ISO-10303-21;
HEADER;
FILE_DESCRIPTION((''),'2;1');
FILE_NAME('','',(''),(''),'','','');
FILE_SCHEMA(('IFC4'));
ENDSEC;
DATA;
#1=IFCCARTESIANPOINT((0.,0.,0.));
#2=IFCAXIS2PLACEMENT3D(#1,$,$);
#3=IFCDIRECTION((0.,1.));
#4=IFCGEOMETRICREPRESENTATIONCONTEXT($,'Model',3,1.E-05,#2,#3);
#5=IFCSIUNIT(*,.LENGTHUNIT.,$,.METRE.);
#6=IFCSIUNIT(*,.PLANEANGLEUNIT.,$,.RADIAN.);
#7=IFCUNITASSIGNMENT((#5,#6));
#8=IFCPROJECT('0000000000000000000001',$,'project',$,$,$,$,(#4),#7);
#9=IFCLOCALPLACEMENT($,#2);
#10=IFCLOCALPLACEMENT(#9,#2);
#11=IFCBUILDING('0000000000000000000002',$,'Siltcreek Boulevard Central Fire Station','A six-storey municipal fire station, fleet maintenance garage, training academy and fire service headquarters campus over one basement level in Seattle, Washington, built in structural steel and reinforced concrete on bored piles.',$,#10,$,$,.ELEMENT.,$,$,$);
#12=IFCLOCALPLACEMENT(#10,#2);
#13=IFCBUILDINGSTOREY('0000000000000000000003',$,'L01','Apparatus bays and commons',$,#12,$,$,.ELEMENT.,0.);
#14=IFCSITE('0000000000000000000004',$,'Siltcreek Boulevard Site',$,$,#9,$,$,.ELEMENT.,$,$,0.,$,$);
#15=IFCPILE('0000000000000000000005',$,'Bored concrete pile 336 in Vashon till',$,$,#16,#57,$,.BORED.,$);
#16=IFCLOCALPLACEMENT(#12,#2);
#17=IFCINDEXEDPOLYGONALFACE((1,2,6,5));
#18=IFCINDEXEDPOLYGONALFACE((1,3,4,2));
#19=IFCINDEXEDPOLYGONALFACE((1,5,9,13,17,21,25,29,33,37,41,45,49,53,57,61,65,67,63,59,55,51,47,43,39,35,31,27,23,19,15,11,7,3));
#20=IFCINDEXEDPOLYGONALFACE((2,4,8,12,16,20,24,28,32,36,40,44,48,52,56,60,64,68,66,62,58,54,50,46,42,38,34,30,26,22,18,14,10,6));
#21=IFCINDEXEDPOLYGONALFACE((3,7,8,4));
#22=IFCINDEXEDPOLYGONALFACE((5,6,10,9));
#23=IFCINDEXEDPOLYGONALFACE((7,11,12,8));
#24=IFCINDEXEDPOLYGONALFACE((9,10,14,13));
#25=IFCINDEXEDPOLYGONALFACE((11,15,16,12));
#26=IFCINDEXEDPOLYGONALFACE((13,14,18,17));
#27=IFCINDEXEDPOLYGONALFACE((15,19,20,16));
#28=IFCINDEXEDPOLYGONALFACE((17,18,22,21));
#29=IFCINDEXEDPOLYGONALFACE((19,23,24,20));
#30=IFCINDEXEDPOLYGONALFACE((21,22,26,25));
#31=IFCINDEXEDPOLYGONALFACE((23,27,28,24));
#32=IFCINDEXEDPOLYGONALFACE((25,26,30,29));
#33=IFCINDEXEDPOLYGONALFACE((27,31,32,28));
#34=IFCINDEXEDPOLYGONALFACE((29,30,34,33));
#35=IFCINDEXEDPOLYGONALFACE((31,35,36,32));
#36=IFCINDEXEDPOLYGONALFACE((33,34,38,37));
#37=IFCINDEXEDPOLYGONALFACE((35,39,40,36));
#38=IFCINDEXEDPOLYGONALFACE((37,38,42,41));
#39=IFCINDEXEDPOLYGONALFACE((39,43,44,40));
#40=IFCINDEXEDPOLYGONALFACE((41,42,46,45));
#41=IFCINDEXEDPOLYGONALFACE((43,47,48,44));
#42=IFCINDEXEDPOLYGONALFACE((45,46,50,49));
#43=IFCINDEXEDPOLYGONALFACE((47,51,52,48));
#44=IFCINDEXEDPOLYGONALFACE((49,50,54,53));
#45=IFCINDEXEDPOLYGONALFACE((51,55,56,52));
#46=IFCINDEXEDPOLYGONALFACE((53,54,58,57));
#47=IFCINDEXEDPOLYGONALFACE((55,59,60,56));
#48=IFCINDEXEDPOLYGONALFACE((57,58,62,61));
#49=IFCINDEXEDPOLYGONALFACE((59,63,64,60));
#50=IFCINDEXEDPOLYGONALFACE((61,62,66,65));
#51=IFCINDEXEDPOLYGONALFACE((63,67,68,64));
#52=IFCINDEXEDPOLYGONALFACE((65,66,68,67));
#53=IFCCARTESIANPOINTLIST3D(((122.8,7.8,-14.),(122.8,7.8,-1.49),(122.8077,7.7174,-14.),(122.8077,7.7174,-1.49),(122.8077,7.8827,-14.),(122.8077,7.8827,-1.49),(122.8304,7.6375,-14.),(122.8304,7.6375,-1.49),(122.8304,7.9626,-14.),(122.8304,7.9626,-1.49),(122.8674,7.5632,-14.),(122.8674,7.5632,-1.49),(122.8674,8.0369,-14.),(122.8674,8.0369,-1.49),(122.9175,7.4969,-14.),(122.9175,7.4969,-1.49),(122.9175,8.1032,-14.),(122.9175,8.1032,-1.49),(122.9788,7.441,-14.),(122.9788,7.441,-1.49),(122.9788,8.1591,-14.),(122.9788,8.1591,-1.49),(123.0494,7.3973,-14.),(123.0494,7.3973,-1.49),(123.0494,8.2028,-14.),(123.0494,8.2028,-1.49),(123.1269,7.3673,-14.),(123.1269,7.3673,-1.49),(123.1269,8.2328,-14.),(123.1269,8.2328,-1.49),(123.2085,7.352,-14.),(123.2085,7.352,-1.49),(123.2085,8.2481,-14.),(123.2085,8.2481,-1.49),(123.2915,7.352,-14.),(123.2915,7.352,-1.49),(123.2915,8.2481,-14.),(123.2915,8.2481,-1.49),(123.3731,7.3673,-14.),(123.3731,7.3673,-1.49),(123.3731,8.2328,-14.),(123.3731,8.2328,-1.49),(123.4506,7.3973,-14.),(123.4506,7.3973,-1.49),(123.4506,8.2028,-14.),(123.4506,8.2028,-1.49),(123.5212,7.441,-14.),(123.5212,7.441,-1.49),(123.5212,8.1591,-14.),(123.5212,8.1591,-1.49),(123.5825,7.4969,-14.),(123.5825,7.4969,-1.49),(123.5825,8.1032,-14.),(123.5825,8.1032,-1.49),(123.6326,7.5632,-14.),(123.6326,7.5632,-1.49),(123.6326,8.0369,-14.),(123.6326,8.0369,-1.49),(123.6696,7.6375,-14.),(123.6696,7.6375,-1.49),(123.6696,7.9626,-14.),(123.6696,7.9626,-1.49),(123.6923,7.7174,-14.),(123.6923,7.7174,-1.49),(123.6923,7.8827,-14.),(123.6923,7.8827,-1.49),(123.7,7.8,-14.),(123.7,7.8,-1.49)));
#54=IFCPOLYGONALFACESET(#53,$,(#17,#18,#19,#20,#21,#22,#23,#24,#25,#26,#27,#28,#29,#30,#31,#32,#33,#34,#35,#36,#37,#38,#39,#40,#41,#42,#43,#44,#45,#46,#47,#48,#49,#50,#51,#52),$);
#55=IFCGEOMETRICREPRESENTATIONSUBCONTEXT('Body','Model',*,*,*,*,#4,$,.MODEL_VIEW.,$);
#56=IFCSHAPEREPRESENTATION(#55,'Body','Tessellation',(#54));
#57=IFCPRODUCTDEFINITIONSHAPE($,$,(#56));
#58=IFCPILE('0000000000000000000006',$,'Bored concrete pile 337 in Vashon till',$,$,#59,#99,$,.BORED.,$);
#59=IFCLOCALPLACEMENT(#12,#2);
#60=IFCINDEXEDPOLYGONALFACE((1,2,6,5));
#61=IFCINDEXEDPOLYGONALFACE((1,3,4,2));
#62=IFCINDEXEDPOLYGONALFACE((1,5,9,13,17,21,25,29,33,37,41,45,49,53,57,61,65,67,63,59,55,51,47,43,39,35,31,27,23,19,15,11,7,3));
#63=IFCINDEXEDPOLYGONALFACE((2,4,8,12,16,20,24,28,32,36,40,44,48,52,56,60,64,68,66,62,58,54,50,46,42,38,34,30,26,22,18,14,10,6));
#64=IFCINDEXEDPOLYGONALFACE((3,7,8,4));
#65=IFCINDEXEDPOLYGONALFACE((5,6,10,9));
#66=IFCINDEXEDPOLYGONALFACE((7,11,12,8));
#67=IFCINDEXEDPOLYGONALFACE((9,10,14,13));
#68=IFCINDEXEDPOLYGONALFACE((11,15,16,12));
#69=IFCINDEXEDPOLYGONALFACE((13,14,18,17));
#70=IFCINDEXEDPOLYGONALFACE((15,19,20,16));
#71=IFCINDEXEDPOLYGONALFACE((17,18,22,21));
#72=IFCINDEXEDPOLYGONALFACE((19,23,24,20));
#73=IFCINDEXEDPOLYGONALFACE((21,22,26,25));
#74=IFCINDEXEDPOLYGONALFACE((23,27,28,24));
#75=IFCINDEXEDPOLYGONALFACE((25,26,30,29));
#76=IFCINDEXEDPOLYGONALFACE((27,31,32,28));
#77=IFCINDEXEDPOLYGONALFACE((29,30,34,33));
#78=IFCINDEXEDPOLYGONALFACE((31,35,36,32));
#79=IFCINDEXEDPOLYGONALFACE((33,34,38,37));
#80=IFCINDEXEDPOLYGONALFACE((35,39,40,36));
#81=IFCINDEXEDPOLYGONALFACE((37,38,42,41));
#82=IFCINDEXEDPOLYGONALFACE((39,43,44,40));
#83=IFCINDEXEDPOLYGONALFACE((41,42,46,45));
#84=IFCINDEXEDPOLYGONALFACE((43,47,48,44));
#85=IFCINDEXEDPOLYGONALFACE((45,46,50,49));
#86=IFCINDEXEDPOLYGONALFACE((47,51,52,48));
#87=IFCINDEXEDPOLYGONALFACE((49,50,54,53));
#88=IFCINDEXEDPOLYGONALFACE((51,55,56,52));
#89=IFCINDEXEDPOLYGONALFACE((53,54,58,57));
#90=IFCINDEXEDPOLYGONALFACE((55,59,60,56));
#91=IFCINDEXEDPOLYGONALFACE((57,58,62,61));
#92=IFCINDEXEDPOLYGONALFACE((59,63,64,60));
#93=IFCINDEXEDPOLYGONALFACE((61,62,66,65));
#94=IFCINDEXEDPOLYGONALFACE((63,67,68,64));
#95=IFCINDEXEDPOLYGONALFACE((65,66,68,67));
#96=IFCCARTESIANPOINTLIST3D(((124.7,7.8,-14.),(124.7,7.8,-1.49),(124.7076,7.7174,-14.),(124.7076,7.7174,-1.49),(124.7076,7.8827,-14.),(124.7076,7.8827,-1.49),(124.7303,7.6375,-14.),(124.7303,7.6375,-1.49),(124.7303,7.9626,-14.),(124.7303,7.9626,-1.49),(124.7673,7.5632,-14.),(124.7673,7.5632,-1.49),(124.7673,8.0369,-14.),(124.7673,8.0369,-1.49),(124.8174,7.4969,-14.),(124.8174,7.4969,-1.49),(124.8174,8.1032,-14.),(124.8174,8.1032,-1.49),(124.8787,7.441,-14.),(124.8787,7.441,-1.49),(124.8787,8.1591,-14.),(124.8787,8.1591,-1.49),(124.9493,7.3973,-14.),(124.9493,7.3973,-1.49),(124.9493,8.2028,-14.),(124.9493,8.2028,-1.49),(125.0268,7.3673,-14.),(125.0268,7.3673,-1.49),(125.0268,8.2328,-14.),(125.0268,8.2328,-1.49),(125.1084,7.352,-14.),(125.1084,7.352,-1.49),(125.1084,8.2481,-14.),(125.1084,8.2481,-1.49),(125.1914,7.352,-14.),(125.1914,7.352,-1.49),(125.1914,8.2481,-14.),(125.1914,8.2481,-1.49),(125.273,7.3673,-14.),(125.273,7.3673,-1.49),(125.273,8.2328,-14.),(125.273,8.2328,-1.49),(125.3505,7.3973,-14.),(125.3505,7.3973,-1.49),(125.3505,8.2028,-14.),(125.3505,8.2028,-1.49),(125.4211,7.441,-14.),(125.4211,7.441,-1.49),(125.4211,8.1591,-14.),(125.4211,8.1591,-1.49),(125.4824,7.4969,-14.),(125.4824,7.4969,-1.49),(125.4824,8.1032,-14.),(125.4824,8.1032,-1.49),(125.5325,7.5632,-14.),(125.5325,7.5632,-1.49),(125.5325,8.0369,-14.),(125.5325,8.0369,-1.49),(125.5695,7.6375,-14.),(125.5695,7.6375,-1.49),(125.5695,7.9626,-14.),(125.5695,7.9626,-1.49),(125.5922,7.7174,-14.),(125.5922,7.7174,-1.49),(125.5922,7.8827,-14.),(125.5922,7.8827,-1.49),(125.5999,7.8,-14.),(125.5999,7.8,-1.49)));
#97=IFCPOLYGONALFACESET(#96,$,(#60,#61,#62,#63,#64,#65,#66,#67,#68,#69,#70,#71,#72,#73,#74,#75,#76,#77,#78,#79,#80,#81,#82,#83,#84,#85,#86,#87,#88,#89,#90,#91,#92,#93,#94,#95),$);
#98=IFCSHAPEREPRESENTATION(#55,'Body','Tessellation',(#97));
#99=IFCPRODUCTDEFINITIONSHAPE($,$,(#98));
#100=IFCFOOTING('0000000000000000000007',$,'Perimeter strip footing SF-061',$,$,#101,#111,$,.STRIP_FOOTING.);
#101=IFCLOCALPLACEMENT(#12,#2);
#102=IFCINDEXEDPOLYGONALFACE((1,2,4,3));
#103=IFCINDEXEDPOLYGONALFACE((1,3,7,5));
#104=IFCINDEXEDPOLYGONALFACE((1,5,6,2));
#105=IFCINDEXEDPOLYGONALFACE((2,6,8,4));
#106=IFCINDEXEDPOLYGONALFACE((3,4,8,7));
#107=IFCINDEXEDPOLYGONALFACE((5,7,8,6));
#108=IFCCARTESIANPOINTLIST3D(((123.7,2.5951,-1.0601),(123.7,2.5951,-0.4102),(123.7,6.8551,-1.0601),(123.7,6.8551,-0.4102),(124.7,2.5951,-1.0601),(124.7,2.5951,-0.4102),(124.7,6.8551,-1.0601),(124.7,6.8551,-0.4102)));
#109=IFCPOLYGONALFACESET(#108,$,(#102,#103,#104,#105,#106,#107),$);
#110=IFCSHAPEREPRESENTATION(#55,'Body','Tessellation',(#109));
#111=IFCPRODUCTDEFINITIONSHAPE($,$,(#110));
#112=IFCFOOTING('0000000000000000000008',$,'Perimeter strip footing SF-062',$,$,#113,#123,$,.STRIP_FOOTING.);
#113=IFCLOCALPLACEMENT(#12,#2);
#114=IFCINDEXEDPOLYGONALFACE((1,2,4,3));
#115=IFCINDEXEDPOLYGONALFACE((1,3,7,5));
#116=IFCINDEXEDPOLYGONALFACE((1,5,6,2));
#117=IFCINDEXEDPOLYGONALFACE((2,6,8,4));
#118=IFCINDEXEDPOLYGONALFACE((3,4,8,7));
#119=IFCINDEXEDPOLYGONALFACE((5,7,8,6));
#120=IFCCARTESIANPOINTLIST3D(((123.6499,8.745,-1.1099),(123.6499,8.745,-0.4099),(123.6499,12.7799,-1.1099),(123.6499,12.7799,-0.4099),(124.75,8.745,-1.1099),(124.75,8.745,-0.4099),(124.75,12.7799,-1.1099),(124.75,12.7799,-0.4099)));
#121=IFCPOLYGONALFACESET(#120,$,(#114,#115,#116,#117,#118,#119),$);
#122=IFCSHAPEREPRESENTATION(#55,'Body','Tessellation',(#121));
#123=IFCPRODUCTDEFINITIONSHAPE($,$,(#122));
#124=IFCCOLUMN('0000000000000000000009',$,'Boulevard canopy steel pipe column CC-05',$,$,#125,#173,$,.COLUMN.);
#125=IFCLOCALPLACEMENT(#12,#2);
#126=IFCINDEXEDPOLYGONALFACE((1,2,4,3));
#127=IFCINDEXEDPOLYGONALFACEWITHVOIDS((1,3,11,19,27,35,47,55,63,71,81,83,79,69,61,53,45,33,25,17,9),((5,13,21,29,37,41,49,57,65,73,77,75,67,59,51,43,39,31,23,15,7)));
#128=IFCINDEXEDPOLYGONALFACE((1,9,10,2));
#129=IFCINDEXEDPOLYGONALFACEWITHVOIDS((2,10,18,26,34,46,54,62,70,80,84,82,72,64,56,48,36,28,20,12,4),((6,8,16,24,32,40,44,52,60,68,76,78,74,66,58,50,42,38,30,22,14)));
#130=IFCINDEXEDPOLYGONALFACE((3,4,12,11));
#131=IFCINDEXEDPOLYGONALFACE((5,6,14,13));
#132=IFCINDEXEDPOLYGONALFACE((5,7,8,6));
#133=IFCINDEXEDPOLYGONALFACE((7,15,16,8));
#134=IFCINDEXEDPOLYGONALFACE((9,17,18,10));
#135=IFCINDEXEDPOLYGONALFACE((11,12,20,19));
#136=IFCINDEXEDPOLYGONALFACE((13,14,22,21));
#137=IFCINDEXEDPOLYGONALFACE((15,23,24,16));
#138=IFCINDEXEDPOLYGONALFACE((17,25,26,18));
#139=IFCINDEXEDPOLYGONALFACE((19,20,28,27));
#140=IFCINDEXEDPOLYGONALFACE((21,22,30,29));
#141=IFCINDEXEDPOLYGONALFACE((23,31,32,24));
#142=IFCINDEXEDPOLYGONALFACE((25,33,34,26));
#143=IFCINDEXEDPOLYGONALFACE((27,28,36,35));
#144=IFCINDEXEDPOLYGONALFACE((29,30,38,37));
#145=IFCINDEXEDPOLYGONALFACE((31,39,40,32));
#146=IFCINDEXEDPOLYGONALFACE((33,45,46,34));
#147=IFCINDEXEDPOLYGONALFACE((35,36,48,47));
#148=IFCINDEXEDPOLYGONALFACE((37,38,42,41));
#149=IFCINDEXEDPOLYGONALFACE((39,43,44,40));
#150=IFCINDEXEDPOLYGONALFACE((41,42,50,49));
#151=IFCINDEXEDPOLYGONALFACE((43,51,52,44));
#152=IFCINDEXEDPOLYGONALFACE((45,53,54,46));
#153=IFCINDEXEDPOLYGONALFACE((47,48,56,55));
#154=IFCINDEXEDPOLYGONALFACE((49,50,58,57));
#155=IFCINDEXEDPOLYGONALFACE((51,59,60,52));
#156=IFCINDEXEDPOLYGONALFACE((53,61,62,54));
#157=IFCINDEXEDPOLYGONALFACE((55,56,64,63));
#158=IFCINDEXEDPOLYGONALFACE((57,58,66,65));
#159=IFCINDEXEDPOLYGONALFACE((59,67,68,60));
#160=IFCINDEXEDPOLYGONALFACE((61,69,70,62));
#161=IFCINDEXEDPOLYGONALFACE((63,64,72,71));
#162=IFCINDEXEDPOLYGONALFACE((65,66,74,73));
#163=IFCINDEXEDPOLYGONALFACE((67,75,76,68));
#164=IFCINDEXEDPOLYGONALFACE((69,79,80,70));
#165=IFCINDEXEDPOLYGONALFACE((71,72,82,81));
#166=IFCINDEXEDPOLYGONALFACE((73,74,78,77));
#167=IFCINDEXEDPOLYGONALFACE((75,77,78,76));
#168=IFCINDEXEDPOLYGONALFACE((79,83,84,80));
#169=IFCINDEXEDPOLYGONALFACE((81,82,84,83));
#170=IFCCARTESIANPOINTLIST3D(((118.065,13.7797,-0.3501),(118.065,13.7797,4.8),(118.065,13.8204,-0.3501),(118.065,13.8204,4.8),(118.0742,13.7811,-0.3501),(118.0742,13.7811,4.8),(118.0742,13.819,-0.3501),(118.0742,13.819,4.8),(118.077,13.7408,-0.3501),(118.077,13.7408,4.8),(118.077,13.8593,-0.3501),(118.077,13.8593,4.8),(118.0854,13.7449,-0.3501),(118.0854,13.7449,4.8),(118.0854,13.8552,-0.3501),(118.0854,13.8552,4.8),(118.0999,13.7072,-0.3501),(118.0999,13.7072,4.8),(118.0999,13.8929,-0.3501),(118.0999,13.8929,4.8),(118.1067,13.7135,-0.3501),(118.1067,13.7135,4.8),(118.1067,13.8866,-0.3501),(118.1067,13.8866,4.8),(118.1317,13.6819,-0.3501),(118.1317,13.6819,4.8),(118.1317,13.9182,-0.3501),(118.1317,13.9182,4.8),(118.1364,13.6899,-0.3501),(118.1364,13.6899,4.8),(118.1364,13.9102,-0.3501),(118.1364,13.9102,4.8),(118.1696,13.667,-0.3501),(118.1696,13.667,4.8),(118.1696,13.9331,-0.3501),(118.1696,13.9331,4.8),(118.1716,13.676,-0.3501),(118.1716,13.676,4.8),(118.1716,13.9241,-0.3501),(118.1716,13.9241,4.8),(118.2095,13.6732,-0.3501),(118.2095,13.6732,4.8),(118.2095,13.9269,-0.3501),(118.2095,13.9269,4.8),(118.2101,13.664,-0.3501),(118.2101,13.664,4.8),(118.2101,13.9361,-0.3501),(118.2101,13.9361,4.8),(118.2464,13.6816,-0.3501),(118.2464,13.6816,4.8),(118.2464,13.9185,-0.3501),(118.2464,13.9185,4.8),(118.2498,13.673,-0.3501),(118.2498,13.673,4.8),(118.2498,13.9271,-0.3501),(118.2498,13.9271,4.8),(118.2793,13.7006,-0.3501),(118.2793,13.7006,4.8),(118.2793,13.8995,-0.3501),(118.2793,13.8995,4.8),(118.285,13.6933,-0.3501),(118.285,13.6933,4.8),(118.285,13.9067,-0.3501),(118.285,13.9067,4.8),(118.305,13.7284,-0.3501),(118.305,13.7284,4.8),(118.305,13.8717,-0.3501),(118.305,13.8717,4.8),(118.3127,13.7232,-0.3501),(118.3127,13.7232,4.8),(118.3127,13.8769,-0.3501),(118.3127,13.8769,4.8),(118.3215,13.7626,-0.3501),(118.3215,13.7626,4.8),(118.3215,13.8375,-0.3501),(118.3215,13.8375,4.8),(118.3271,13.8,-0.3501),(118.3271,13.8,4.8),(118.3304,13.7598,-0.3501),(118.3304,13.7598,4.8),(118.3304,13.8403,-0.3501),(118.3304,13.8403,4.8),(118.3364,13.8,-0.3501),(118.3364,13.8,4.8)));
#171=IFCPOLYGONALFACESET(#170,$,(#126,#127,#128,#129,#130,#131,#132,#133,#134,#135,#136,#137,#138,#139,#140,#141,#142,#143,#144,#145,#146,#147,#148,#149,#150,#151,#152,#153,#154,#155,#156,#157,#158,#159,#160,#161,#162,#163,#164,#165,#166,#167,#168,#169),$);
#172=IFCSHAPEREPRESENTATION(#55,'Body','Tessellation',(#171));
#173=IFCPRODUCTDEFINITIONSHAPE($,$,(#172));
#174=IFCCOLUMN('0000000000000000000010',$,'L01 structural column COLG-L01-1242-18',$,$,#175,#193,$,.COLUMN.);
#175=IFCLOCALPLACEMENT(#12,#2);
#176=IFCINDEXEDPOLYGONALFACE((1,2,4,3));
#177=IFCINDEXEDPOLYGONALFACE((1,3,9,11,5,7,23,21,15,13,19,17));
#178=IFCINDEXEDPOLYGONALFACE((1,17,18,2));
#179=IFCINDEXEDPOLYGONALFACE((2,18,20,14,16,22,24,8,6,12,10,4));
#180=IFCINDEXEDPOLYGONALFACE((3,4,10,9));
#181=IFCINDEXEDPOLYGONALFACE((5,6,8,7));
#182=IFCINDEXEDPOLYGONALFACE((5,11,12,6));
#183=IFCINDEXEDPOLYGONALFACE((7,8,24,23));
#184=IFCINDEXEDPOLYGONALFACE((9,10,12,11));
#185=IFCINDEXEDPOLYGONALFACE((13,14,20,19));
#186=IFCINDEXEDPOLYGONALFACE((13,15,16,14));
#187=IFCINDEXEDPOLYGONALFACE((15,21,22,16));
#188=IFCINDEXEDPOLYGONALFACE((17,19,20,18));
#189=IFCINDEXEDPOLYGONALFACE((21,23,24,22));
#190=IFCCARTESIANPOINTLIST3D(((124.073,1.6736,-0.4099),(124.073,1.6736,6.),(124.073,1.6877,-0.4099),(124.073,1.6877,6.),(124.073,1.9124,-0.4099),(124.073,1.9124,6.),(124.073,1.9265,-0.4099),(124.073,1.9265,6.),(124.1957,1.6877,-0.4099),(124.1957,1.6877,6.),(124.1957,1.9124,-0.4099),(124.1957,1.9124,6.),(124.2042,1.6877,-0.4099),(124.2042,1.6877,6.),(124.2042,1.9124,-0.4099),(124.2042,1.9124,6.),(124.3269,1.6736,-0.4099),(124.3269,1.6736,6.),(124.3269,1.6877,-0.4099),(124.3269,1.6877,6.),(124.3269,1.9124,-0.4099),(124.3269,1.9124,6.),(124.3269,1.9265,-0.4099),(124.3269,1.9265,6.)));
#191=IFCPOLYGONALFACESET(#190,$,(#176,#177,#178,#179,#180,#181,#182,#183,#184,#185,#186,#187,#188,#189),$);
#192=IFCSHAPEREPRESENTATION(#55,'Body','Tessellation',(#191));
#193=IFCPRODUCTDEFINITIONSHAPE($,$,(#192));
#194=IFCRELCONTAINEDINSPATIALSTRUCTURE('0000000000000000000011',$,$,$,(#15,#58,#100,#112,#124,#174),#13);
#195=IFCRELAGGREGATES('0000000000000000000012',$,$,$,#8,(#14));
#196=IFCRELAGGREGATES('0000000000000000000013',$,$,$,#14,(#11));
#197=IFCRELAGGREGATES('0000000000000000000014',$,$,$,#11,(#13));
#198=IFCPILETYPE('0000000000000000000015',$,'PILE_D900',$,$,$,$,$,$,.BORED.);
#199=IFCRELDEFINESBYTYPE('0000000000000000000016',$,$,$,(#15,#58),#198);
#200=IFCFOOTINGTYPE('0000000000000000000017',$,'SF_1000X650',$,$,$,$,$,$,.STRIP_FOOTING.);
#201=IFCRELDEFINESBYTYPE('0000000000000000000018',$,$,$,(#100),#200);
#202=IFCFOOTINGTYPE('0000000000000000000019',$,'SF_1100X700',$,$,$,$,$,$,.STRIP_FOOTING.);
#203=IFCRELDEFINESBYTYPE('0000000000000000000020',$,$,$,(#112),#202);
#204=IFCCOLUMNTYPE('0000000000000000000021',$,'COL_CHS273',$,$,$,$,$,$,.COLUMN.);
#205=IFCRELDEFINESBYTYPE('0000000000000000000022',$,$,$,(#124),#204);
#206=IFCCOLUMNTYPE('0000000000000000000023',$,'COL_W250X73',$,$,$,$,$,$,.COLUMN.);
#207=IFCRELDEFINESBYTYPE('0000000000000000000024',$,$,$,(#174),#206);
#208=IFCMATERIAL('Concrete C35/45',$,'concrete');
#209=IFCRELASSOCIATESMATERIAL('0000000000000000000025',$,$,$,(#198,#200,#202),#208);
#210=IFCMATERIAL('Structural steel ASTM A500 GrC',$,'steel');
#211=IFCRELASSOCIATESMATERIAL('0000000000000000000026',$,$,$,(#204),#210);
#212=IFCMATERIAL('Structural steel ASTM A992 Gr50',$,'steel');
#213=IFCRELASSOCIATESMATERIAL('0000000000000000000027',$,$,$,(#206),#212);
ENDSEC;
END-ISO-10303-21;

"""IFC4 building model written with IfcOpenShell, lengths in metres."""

from ifc_helpers import new_model, si_unit, direction, frame, origin, origin_2d, place, context, subcontext, project, spatial, rectangle, circle, hollow_circle, i_section, extrude, material, material_profile, profile_set, type_object, element, save


model = new_model("IFC4")

# Units and contexts
model_context = context("Model", 3, precision=1e-05, world=origin(), true_north=direction((0.0, 1.0)))
body_context = subcontext(model_context, "Body", "Model", "MODEL_VIEW")
ifc_project = project(units=[si_unit("LENGTHUNIT", "METRE"), si_unit("PLANEANGLEUNIT", "RADIAN")], contexts=[model_context])

# Site, building, storey
site_placement = place(None, origin())
site = spatial("IfcSite", under=ifc_project, at=site_placement, Name="Siltcreek Boulevard Site", CompositionType="ELEMENT", RefElevation=0.0)
building_placement = place(site_placement, origin())
building = spatial("IfcBuilding", under=site, at=building_placement, Name="Siltcreek Boulevard Central Fire Station", Description="A six-storey municipal fire station, fleet maintenance garage, training academy and fire service headquarters campus over one basement level in Seattle, Washington, built in structural steel and reinforced concrete on bored piles.", CompositionType="ELEMENT")
storey_placement = place(building_placement, origin())
storey = spatial("IfcBuildingStorey", under=building, at=storey_placement, Name="L01", Description="Apparatus bays and commons", CompositionType="ELEMENT", Elevation=0.0)

# Shared definitions
ifc_material_1 = material(Name="Concrete C35/45", Category="concrete")

# Piles
ifc_material_profile_1 = material_profile(ifc_material_1, circle(Radius=0.45, at=origin_2d()), Name="SHAFT900")
ifc_profile_set_1 = profile_set([ifc_material_profile_1], Name="Concrete C35/45")
pile_type_1 = type_object("IfcPileType", Name="PILE_D900", PredefinedType="BORED", material=ifc_profile_set_1)
for number, where, z_axis, x_axis, name in (
    (1, (123.25, 7.8, -1.49), (0.0, 0.0, -1.0), (1.0, 0.0, 0.0), "Bored concrete pile 336 in Vashon till"),
    (2, (125.1499, 7.8, -1.49), (0.0, 0.0, -1.0), (1.0, 0.0, 0.0), "Bored concrete pile 337 in Vashon till"),
):
    element("IfcPile", number, at=place(storey_placement, frame(where, z_axis=z_axis, x_axis=x_axis)), inside=storey, type_object=pile_type_1, Name=name, PredefinedType="BORED", context=body_context, shape_type="SweptSolid", body=[
        extrude(circle(Radius=0.45, at=origin_2d()), origin(), (0.0, 0.0, 1.0), 12.51),
    ])

# Footings
footing_type_1 = type_object("IfcFootingType", Name="SF_1000X650", PredefinedType="STRIP_FOOTING", material=ifc_material_1)
footing_1_placement = place(storey_placement, frame((124.2, 4.7251, -1.0601), z_axis=(0.0, 0.0, 1.0), x_axis=(1.0, 0.0, 0.0)))
element("IfcFooting", 3, at=footing_1_placement, inside=storey, type_object=footing_type_1, Name="Perimeter strip footing SF-061", PredefinedType="STRIP_FOOTING", context=body_context, shape_type="SweptSolid", body=[
    extrude(rectangle(XDim=1.0, YDim=4.26, at=origin_2d()), origin(), (0.0, 0.0, 1.0), 0.6499),
])
footing_type_2 = type_object("IfcFootingType", Name="SF_1100X700", PredefinedType="STRIP_FOOTING", material=ifc_material_1)
footing_2_placement = place(storey_placement, frame((124.2, 10.7625, -1.1099), z_axis=(0.0, 0.0, 1.0), x_axis=(1.0, 0.0, 0.0)))
element("IfcFooting", 4, at=footing_2_placement, inside=storey, type_object=footing_type_2, Name="Perimeter strip footing SF-062", PredefinedType="STRIP_FOOTING", context=body_context, shape_type="SweptSolid", body=[
    extrude(rectangle(XDim=1.1001, YDim=4.0349, at=origin_2d()), origin(), (0.0, 0.0, 1.0), 0.7),
])

# Columns
ifc_material_2 = material(Name="Structural steel ASTM A500 GrC", Category="steel")
ifc_material_profile_2 = material_profile(ifc_material_2, hollow_circle(Radius=0.1365, WallThickness=0.0093, at=origin_2d()), Name="HSS273.1X9.3")
ifc_profile_set_2 = profile_set([ifc_material_profile_2], Name="Structural steel ASTM A500 GrC")
column_type_1 = type_object("IfcColumnType", Name="COL_CHS273", PredefinedType="COLUMN", material=ifc_profile_set_2)
column_placement = place(storey_placement, frame((118.2, 13.8, -0.3501), z_axis=(0.0, 0.0, 1.0), x_axis=(1.0, 0.0, 0.0)))
element("IfcColumn", 5, at=column_placement, inside=storey, type_object=column_type_1, Name="Boulevard canopy steel pipe column CC-05", PredefinedType="COLUMN", context=body_context, shape_type="SweptSolid", body=[
    extrude(hollow_circle(Radius=0.1365, WallThickness=0.0093, at=origin_2d()), origin(), (0.0, 0.0, 1.0), 5.1501),
])
ifc_material_3 = material(Name="Structural steel ASTM A992 Gr50", Category="steel")
ifc_material_profile_3 = material_profile(ifc_material_3, i_section(OverallWidth=0.2539, OverallDepth=0.2529, WebThickness=0.0085, FlangeThickness=0.0142, at=origin_2d()), Name="W250X73")
ifc_profile_set_3 = profile_set([ifc_material_profile_3], Name="Structural steel ASTM A992 Gr50")
column_type_2 = type_object("IfcColumnType", Name="COL_W250X73", PredefinedType="COLUMN", material=ifc_profile_set_3)
for number, where, z_axis, x_axis, name in (
    (6, (124.2, 1.8, -0.4099), (0.0, 0.0, 1.0), (1.0, 0.0, 0.0), "L01 structural column COLG-L01-1242-18"),
):
    element("IfcColumn", number, at=place(storey_placement, frame(where, z_axis=z_axis, x_axis=x_axis)), inside=storey, type_object=column_type_2, Name=name, PredefinedType="COLUMN", context=body_context, shape_type="SweptSolid", body=[
        extrude(i_section(OverallWidth=0.2539, OverallDepth=0.2529, WebThickness=0.0085, FlangeThickness=0.0142, at=origin_2d()), origin(), (0.0, 0.0, 1.0), 6.4099),
    ])

save(model, "model.ifc")
